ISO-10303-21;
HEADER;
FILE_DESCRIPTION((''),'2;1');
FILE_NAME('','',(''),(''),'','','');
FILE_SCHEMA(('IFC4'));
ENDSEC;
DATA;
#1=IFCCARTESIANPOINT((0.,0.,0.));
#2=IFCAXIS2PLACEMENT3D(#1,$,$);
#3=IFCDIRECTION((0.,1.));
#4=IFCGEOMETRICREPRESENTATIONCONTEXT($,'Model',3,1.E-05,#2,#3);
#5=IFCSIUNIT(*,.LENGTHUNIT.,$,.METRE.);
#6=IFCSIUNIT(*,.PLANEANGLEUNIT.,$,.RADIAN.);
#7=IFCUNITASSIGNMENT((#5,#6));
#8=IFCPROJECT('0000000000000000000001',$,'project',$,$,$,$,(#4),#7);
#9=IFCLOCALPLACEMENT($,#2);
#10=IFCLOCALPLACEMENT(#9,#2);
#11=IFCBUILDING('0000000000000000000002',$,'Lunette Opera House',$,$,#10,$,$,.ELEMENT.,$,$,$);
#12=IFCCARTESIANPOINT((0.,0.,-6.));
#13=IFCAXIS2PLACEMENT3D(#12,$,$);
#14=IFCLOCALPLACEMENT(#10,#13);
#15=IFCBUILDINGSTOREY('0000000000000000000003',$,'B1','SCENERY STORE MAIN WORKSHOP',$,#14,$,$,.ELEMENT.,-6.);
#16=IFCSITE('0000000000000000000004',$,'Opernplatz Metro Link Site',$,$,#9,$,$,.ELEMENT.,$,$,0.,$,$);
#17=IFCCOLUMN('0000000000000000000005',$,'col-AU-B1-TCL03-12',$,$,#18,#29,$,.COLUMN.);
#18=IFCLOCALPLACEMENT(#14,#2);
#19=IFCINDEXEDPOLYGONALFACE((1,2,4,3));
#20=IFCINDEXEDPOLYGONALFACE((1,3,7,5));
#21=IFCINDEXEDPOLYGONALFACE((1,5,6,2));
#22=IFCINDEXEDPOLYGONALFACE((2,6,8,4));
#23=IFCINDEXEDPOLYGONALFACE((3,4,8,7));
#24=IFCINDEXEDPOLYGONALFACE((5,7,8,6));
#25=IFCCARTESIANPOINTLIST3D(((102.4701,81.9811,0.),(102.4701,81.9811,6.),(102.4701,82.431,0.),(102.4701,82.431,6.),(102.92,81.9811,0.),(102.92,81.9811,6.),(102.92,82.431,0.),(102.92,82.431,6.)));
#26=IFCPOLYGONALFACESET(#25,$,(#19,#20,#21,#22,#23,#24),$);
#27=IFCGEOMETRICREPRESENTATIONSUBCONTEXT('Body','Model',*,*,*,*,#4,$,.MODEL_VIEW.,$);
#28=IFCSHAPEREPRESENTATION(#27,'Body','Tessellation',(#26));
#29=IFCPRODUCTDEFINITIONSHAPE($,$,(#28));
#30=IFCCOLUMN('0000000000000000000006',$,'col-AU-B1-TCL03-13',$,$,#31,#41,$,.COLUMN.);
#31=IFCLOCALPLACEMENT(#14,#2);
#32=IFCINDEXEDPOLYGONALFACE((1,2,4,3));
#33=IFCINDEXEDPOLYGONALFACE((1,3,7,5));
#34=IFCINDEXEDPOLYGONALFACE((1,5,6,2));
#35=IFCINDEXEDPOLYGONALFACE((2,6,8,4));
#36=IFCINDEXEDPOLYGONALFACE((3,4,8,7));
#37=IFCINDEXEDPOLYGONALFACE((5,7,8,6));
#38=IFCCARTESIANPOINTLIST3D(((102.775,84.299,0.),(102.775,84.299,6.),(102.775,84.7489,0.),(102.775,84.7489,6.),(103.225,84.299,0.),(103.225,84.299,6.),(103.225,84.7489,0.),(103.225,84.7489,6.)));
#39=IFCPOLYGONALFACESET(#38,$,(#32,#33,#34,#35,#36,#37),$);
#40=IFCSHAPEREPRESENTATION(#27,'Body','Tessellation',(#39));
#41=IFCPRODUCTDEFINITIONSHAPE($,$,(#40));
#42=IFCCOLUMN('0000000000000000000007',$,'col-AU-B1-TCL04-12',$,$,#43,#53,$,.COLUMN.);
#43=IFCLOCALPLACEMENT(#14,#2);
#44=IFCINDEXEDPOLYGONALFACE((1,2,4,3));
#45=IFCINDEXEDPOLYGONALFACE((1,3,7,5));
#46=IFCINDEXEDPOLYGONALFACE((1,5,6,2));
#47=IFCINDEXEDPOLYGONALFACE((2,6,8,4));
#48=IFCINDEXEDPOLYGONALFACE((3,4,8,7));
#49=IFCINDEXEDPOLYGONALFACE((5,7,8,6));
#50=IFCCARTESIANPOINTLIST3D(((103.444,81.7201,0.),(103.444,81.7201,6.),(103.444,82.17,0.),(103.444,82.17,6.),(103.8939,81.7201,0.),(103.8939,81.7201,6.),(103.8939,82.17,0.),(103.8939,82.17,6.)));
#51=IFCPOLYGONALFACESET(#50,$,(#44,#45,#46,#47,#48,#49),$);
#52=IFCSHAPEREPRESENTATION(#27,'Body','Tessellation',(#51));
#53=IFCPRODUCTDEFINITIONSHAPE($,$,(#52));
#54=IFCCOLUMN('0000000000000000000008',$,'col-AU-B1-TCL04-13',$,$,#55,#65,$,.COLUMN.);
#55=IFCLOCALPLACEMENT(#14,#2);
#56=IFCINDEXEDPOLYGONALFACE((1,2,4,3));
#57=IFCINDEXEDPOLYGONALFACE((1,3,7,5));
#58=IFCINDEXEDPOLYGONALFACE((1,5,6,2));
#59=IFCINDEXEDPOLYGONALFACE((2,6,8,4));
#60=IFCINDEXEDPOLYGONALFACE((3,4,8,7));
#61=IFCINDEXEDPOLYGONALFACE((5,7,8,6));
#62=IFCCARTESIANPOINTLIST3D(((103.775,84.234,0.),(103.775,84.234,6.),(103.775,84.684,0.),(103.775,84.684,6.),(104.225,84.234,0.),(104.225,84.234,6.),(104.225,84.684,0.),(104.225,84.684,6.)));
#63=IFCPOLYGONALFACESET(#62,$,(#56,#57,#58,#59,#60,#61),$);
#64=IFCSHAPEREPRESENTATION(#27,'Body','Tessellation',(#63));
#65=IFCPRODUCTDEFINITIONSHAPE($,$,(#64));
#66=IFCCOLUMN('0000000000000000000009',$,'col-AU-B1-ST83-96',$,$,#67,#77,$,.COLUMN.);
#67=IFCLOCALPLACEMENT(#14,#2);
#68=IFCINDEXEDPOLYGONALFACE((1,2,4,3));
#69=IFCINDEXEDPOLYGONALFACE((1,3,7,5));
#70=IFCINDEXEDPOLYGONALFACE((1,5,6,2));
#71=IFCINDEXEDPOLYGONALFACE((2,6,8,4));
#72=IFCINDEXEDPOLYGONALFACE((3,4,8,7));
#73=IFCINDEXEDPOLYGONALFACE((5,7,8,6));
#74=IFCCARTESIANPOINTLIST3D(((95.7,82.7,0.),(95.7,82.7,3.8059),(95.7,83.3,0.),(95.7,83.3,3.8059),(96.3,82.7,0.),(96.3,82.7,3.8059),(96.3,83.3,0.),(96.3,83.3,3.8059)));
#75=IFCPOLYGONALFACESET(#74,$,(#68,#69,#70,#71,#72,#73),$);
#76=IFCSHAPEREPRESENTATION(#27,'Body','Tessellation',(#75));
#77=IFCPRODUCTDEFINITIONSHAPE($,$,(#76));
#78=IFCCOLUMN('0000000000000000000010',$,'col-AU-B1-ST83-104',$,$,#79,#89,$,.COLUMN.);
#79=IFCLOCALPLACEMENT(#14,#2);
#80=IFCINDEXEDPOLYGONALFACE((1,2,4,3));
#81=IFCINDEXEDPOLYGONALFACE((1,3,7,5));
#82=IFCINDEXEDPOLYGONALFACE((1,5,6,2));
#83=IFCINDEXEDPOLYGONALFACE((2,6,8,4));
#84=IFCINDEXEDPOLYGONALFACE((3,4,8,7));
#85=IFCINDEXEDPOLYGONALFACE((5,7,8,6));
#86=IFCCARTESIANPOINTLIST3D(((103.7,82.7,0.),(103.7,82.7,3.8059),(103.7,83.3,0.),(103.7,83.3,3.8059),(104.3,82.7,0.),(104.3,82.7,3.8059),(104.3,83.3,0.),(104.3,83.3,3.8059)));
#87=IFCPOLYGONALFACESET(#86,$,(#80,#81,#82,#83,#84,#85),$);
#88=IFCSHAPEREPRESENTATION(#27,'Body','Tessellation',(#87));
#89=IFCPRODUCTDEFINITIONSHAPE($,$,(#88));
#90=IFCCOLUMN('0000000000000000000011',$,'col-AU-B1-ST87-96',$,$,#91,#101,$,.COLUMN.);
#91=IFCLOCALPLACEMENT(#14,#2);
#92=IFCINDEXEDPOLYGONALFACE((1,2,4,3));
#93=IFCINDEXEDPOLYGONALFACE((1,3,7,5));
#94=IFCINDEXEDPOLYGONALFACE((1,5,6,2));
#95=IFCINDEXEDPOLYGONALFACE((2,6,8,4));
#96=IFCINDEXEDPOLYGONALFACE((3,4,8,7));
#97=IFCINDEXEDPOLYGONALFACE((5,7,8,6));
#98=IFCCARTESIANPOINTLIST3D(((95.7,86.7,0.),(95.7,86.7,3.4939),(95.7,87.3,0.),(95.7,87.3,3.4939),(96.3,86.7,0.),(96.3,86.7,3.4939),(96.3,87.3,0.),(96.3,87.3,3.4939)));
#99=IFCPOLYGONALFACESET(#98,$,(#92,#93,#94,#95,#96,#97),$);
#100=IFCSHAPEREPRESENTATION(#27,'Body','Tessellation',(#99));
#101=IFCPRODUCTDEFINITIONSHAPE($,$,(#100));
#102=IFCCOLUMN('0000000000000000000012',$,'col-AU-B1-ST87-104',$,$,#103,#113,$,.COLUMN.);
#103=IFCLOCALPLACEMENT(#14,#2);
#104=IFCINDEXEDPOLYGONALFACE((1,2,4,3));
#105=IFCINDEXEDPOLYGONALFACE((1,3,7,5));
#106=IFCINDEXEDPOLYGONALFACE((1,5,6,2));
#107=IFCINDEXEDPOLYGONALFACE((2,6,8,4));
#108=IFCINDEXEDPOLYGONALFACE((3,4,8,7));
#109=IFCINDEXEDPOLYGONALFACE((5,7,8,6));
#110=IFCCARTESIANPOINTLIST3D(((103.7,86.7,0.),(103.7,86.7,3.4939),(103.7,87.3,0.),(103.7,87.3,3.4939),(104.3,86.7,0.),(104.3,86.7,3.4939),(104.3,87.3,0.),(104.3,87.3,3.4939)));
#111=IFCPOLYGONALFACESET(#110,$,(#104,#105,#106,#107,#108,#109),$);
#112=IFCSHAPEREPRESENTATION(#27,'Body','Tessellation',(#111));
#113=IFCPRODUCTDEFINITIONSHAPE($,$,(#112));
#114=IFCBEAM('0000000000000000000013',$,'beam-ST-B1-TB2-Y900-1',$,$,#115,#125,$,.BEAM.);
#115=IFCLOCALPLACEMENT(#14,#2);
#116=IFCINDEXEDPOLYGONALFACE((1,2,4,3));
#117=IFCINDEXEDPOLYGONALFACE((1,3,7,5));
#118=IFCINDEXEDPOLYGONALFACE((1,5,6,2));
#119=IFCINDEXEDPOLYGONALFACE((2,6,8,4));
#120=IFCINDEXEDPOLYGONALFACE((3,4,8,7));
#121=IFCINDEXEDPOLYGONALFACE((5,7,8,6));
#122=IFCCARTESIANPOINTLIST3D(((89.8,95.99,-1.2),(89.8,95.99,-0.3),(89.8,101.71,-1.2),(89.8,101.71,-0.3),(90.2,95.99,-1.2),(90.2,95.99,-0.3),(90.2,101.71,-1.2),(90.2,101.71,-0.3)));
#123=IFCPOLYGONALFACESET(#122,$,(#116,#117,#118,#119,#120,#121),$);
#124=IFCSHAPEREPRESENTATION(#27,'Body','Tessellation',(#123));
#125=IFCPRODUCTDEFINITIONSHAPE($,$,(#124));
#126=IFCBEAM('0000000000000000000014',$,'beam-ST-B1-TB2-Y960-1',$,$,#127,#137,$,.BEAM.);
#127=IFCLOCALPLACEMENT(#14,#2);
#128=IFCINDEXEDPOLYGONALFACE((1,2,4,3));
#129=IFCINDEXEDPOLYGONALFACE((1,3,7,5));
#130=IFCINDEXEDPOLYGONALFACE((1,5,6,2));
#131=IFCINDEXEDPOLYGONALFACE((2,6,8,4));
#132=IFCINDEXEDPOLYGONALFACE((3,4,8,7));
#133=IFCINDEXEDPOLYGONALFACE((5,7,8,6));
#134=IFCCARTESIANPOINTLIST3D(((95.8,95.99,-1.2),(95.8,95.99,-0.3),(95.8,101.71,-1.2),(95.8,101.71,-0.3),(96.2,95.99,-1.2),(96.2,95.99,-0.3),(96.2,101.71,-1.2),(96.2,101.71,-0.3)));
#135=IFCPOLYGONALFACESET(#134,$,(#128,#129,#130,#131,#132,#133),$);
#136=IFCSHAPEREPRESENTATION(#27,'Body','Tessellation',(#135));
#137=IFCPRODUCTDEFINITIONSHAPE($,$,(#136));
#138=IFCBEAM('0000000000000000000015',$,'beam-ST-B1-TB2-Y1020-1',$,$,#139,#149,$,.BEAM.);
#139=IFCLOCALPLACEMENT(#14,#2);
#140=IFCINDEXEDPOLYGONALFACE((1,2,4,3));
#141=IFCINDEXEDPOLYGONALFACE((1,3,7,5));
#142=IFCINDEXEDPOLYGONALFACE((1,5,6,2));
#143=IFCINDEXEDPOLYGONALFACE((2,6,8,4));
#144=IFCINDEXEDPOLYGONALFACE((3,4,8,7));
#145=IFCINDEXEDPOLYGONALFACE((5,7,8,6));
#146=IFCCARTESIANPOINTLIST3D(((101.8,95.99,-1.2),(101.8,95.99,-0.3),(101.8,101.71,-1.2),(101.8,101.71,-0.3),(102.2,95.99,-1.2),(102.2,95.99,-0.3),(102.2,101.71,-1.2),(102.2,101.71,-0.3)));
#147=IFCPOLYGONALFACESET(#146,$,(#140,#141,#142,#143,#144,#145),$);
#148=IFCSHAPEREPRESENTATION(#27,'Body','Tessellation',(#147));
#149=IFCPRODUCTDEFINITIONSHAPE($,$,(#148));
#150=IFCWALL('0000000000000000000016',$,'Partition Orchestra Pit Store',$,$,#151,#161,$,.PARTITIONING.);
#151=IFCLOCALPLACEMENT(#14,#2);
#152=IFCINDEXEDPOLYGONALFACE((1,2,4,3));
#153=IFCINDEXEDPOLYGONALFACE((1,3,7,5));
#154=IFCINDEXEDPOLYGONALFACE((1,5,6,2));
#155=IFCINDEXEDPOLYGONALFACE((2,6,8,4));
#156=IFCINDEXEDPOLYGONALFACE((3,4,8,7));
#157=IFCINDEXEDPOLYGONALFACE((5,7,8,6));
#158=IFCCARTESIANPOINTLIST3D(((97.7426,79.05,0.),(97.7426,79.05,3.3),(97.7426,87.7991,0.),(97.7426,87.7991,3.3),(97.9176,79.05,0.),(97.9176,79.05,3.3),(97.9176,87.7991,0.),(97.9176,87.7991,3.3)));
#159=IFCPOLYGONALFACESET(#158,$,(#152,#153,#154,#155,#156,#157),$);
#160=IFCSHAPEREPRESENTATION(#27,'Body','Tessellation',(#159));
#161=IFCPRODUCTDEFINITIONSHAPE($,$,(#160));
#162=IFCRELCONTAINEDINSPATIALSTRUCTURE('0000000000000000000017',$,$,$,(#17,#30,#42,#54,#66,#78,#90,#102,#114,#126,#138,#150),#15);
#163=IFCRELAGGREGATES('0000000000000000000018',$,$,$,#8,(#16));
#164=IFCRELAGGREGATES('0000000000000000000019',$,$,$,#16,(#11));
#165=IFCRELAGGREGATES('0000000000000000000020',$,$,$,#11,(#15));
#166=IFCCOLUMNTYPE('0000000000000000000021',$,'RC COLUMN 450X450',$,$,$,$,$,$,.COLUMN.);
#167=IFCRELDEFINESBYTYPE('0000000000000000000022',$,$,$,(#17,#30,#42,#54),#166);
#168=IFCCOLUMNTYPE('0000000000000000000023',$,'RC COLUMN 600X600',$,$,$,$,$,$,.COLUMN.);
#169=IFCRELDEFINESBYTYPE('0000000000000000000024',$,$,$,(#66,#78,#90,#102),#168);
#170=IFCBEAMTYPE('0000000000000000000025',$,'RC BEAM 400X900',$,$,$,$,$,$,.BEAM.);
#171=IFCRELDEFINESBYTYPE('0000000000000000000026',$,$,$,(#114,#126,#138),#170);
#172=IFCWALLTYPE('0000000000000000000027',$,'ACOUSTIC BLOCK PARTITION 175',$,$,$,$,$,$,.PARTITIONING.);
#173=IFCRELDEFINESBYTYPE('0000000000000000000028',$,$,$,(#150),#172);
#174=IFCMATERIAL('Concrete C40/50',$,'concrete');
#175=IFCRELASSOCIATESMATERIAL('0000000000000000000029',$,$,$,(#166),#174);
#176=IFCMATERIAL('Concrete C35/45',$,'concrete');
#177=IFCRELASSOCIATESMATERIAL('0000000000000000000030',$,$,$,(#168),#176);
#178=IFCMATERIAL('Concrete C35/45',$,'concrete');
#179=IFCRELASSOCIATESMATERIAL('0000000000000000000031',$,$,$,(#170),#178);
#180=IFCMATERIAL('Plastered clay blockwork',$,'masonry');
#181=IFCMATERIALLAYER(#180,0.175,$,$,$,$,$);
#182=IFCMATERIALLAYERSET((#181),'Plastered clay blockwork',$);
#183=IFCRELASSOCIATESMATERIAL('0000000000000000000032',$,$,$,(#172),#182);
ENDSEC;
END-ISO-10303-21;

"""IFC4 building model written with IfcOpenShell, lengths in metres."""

from ifc_helpers import new_model, si_unit, direction, frame, frame_2d, origin, origin_2d, place, context, subcontext, project, spatial, rectangle, extrude, material, layer, layer_set, material_profile, profile_set, type_object, element, save


model = new_model("IFC4")

# Units and contexts
model_context = context("Model", 3, precision=1e-05, world=origin(), true_north=direction((0.0, 1.0)))
body_context = subcontext(model_context, "Body", "Model", "MODEL_VIEW")
ifc_project = project(units=[si_unit("LENGTHUNIT", "METRE"), si_unit("PLANEANGLEUNIT", "RADIAN")], contexts=[model_context])

# Site, building, storey
site_placement = place(None, origin())
site = spatial("IfcSite", under=ifc_project, at=site_placement, Name="Opernplatz Metro Link Site", CompositionType="ELEMENT", RefElevation=0.0)
building_placement = place(site_placement, origin())
building = spatial("IfcBuilding", under=site, at=building_placement, Name="Lunette Opera House", CompositionType="ELEMENT")
storey_placement = place(building_placement, frame((0.0, 0.0, -6.0)))
storey = spatial("IfcBuildingStorey", under=building, at=storey_placement, Name="B1", Description="SCENERY STORE MAIN WORKSHOP", CompositionType="ELEMENT", Elevation=-6.0)

# Columns
ifc_material_1 = material(Name="Concrete C40/50", Category="concrete")
ifc_material_profile_1 = material_profile(ifc_material_1, rectangle(XDim=0.45, YDim=0.45, at=origin_2d()), Name="RC COLUMN 450X450")
ifc_profile_set_1 = profile_set([ifc_material_profile_1], Name="Concrete C40/50")
column_type_1 = type_object("IfcColumnType", Name="RC COLUMN 450X450", PredefinedType="COLUMN", material=ifc_profile_set_1)
for number, where, z_axis, x_axis, name in (
    (1, (102.6951, 82.2061, 0.0), (0.0, 0.0, 1.0), (1.0, 0.0, 0.0), "col-AU-B1-TCL03-12"),
    (2, (103.0, 84.5239, 0.0), (0.0, 0.0, 1.0), (1.0, 0.0, 0.0), "col-AU-B1-TCL03-13"),
    (3, (103.6689, 81.9451, 0.0), (0.0, 0.0, 1.0), (1.0, 0.0, 0.0), "col-AU-B1-TCL04-12"),
    (4, (104.0, 84.459, 0.0), (0.0, 0.0, 1.0), (1.0, 0.0, 0.0), "col-AU-B1-TCL04-13"),
):
    element("IfcColumn", number, at=place(storey_placement, frame(where, z_axis=z_axis, x_axis=x_axis)), inside=storey, type_object=column_type_1, Name=name, PredefinedType="COLUMN", context=body_context, shape_type="SweptSolid", body=[
        extrude(rectangle(XDim=0.45, YDim=0.45, at=origin_2d()), origin(), (0.0, 0.0, 1.0), 6.0),
    ])
ifc_material_2 = material(Name="Concrete C35/45", Category="concrete")
ifc_material_profile_2 = material_profile(ifc_material_2, rectangle(XDim=0.6001, YDim=0.6001, at=origin_2d()), Name="RC COLUMN 600X600")
ifc_profile_set_2 = profile_set([ifc_material_profile_2], Name="Concrete C35/45")
column_type_2 = type_object("IfcColumnType", Name="RC COLUMN 600X600", PredefinedType="COLUMN", material=ifc_profile_set_2)
for number, where, z_axis, x_axis, name in (
    (5, (96.0, 83.0, 0.0), (0.0, 0.0, 1.0), (1.0, 0.0, 0.0), "col-AU-B1-ST83-96"),
    (6, (104.0, 83.0, 0.0), (0.0, 0.0, 1.0), (1.0, 0.0, 0.0), "col-AU-B1-ST83-104"),
):
    element("IfcColumn", number, at=place(storey_placement, frame(where, z_axis=z_axis, x_axis=x_axis)), inside=storey, type_object=column_type_2, Name=name, PredefinedType="COLUMN", context=body_context, shape_type="SweptSolid", body=[
        extrude(rectangle(XDim=0.6001, YDim=0.6001, at=origin_2d()), origin(), (0.0, 0.0, 1.0), 3.8059),
    ])
for number, where, z_axis, x_axis, name in (
    (7, (96.0, 87.0, 0.0), (0.0, 0.0, 1.0), (1.0, 0.0, 0.0), "col-AU-B1-ST87-96"),
    (8, (104.0, 87.0, 0.0), (0.0, 0.0, 1.0), (1.0, 0.0, 0.0), "col-AU-B1-ST87-104"),
):
    element("IfcColumn", number, at=place(storey_placement, frame(where, z_axis=z_axis, x_axis=x_axis)), inside=storey, type_object=column_type_2, Name=name, PredefinedType="COLUMN", context=body_context, shape_type="SweptSolid", body=[
        extrude(rectangle(XDim=0.6001, YDim=0.6001, at=origin_2d()), origin(), (0.0, 0.0, 1.0), 3.4939),
    ])

# Beams
ifc_material_3 = material(Name="Concrete C35/45", Category="concrete")
ifc_material_profile_3 = material_profile(ifc_material_3, rectangle(XDim=0.3999, YDim=0.8999, at=origin_2d()), Name="RC BEAM 400X900")
ifc_profile_set_3 = profile_set([ifc_material_profile_3], Name="Concrete C35/45")
beam_type = type_object("IfcBeamType", Name="RC BEAM 400X900", PredefinedType="BEAM", material=ifc_profile_set_3)
for number, where, z_axis, x_axis, name in (
    (9, (90.0, 95.99, -0.75), (0.0, 1.0, 0.0), (-1.0, 0.0, 0.0), "beam-ST-B1-TB2-Y900-1"),
    (10, (96.0, 95.99, -0.75), (0.0, 1.0, 0.0), (-1.0, 0.0, 0.0), "beam-ST-B1-TB2-Y960-1"),
    (11, (102.0, 95.99, -0.75), (0.0, 1.0, 0.0), (-1.0, 0.0, 0.0), "beam-ST-B1-TB2-Y1020-1"),
):
    element("IfcBeam", number, at=place(storey_placement, frame(where, z_axis=z_axis, x_axis=x_axis)), inside=storey, type_object=beam_type, Name=name, PredefinedType="BEAM", context=body_context, shape_type="SweptSolid", body=[
        extrude(rectangle(XDim=0.3999, YDim=0.8999, at=origin_2d()), origin(), (0.0, 0.0, 1.0), 5.72),
    ])

# Wall
ifc_material_4 = material(Name="Plastered clay blockwork", Category="masonry")
ifc_layer = layer(ifc_material_4, 0.175)
ifc_layer_set = layer_set([ifc_layer], Name="Plastered clay blockwork")
wall_type = type_object("IfcWallType", Name="ACOUSTIC BLOCK PARTITION 175", PredefinedType="PARTITIONING", material=ifc_layer_set)
wall_placement = place(storey_placement, frame((97.8301, 87.7991, 0.0), z_axis=(0.0, 0.0, 1.0), x_axis=(0.0, -1.0, 0.0)))
element("IfcWall", 12, at=wall_placement, inside=storey, type_object=wall_type, Name="Partition Orchestra Pit Store", PredefinedType="PARTITIONING", context=body_context, shape_type="SweptSolid", body=[
    extrude(rectangle(XDim=8.749, YDim=0.175, at=frame_2d((4.3745, 0.0))), origin(), (0.0, 0.0, 1.0), 3.3),
])

save(model, "model.ifc")
